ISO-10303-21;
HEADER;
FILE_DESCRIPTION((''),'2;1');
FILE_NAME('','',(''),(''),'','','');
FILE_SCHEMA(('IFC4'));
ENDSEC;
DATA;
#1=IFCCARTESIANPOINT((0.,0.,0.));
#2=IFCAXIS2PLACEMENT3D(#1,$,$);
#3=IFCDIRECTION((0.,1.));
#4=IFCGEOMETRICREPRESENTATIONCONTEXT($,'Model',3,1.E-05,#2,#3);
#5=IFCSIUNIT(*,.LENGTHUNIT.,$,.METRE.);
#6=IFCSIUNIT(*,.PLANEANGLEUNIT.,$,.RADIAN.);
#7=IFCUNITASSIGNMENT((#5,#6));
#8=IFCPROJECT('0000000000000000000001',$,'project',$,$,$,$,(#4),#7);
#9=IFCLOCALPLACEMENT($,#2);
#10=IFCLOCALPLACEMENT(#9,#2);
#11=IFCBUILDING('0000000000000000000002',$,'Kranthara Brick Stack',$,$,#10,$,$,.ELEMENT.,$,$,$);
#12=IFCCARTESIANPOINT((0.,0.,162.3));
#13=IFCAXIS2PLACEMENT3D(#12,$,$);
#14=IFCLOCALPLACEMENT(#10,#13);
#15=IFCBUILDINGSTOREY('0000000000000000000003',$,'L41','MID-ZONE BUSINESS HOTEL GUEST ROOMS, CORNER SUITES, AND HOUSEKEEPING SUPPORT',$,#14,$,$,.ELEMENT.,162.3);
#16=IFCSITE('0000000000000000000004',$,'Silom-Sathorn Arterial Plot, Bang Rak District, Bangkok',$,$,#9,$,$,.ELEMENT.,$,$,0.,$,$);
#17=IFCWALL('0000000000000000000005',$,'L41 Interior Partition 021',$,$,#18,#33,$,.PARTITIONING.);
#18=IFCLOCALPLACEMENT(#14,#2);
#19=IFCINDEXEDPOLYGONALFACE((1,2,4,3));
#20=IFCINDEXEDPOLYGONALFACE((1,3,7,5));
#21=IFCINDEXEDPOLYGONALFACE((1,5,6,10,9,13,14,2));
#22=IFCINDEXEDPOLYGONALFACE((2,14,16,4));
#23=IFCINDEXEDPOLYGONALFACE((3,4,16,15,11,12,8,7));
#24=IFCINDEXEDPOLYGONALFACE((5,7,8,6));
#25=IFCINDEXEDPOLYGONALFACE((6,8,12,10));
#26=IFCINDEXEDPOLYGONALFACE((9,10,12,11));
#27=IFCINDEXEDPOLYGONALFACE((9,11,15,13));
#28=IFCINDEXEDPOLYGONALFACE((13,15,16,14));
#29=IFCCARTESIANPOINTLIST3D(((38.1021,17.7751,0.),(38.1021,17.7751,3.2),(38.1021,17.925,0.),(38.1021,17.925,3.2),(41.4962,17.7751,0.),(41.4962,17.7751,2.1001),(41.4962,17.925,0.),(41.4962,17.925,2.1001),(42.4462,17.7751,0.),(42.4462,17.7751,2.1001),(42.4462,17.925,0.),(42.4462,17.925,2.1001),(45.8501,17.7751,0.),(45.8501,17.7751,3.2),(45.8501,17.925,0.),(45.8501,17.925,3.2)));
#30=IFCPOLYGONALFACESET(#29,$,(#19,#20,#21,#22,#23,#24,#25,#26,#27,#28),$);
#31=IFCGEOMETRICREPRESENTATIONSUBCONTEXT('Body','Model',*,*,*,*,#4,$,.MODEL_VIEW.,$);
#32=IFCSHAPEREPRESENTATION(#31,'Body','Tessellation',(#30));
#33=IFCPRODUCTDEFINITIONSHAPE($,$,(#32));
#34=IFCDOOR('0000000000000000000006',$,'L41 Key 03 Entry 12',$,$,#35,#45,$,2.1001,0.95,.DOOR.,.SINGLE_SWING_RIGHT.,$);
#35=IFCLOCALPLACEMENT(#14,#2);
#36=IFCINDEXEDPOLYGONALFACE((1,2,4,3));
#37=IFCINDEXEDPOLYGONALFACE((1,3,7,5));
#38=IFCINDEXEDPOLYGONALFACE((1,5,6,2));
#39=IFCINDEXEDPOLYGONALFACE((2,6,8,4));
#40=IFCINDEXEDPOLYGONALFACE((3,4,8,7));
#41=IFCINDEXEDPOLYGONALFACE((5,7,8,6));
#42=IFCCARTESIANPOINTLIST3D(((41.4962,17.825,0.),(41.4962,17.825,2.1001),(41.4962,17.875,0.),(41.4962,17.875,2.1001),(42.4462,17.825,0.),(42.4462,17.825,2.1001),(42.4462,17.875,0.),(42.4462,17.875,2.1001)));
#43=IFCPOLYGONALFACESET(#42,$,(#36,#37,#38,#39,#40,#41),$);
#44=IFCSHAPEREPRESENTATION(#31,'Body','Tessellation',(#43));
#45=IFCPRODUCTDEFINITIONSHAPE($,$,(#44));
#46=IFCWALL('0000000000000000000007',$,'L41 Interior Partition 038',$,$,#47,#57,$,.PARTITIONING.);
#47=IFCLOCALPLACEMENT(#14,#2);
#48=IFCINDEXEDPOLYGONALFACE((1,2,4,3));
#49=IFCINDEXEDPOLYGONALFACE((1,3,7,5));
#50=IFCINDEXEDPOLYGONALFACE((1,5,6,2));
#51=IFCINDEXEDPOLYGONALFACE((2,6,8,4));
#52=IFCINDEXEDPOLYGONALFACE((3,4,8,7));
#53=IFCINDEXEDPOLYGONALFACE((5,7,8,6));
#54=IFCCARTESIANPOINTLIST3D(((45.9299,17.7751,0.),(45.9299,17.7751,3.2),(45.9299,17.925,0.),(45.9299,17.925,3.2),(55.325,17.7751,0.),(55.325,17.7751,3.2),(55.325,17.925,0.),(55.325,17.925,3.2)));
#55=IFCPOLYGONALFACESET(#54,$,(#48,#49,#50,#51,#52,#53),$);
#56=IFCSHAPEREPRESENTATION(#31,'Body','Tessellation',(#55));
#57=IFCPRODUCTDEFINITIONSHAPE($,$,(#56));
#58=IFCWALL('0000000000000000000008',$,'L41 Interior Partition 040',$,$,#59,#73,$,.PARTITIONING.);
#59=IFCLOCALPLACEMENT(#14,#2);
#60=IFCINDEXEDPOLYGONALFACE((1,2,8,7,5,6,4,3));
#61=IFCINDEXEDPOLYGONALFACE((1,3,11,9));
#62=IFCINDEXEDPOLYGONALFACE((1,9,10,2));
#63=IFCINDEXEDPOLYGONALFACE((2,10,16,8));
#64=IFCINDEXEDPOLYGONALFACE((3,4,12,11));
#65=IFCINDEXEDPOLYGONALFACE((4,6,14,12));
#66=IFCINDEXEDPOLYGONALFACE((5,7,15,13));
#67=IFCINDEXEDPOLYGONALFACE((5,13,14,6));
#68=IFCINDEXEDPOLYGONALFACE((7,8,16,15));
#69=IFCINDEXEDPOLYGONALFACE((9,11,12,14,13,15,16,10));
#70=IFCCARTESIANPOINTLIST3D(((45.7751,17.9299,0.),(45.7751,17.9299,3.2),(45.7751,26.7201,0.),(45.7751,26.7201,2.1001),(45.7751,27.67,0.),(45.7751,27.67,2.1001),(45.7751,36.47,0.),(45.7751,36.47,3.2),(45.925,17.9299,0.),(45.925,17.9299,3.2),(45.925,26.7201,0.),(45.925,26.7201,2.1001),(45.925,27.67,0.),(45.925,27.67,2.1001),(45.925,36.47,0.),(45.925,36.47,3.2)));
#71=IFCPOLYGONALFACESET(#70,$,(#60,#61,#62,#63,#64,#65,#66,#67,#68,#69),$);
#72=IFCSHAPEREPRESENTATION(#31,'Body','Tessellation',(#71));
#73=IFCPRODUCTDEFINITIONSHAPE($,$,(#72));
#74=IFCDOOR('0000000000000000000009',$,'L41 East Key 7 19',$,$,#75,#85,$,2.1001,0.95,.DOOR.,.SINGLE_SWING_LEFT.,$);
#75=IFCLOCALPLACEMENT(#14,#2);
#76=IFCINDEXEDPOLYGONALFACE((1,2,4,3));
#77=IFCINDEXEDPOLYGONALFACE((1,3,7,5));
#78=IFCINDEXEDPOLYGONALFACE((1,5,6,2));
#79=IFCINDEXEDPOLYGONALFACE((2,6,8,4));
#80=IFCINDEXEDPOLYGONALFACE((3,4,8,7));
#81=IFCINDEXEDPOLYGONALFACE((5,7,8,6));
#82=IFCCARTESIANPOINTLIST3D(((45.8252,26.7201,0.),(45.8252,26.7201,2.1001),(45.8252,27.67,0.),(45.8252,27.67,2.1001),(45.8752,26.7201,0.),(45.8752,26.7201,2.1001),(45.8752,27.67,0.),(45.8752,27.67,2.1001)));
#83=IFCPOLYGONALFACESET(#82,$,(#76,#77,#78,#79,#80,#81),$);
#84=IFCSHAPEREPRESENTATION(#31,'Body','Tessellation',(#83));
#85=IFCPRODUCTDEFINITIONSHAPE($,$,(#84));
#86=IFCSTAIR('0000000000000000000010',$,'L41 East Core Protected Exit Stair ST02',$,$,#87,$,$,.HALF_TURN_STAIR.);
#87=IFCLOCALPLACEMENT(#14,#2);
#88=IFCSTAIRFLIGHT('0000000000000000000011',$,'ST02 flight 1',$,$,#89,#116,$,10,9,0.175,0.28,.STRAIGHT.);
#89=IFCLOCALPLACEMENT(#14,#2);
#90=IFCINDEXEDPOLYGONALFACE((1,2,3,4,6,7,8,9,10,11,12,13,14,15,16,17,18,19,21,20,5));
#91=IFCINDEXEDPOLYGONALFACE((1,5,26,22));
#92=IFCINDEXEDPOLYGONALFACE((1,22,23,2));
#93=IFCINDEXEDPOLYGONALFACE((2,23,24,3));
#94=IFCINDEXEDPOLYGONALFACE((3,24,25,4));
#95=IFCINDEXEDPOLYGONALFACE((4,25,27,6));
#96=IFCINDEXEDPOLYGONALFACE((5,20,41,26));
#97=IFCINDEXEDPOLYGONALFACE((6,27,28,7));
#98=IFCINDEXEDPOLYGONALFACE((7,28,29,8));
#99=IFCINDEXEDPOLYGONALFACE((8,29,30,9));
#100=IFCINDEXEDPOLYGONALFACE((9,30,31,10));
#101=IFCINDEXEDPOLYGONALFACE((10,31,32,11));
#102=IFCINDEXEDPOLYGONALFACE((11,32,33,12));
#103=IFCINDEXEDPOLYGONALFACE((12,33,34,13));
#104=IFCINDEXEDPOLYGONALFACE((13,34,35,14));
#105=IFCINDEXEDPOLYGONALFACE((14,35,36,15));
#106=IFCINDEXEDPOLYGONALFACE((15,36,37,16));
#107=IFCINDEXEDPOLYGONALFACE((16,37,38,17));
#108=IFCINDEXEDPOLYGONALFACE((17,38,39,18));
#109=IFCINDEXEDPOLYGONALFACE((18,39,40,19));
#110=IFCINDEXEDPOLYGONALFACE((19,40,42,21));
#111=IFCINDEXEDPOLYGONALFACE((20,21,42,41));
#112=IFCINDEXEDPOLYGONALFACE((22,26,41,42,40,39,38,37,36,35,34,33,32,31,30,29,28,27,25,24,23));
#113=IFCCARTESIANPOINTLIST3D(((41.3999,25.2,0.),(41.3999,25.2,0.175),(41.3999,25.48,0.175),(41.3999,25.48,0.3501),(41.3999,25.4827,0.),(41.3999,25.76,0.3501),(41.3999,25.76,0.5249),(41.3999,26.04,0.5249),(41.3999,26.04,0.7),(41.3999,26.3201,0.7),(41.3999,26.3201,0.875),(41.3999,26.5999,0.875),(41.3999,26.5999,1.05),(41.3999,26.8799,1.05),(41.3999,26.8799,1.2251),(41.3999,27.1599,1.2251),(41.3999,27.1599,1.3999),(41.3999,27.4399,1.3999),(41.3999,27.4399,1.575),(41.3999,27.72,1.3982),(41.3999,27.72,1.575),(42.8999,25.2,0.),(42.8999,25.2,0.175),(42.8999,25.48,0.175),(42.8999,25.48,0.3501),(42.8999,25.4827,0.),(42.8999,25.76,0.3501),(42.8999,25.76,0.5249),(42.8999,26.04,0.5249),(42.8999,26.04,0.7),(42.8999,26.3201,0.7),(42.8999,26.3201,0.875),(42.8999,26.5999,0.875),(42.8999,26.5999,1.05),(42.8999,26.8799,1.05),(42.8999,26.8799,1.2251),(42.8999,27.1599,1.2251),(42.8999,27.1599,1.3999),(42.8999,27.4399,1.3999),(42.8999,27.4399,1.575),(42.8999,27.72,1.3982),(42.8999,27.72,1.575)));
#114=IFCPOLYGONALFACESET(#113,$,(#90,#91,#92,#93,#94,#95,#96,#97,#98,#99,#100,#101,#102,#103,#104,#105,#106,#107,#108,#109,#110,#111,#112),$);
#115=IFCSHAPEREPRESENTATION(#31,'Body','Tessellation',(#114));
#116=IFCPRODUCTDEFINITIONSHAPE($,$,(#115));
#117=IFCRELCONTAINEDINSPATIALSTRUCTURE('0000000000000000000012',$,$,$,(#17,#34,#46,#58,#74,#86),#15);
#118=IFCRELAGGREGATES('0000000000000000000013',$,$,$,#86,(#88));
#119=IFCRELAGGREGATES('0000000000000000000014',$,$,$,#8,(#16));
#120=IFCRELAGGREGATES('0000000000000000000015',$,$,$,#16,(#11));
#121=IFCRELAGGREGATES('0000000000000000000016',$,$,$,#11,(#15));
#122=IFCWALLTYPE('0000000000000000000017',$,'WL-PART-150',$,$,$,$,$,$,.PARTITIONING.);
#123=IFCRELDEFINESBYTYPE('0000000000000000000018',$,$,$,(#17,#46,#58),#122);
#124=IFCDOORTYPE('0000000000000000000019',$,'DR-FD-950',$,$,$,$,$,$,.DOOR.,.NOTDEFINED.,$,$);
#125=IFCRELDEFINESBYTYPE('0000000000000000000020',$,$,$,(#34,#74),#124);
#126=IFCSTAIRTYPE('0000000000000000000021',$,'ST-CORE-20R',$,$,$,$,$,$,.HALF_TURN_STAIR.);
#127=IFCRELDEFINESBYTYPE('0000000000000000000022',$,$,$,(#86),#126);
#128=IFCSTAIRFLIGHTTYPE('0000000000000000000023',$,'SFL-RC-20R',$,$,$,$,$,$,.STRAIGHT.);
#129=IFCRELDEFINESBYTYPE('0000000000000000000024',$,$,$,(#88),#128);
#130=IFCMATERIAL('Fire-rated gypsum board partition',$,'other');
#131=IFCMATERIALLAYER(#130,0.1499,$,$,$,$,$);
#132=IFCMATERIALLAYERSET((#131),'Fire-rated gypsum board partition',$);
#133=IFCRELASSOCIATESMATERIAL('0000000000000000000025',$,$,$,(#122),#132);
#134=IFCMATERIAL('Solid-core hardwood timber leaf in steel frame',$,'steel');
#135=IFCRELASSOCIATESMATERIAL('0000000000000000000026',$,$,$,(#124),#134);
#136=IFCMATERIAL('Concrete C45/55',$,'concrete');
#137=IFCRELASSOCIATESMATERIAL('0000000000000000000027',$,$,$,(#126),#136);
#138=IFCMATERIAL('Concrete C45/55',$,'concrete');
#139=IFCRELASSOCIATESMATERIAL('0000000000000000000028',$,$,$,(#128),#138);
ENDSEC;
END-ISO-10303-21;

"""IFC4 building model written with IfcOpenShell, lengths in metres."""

from ifc_helpers import new_model, si_unit, direction, frame, frame_2d, origin, place, context, subcontext, project, spatial, polyline, rectangle, outline, extrude, material, layer, layer_set, type_object, element, fill, aggregate, save


model = new_model("IFC4")

# Units and contexts
model_context = context("Model", 3, precision=1e-05, world=origin(), true_north=direction((0.0, 1.0)))
body_context = subcontext(model_context, "Body", "Model", "MODEL_VIEW")
ifc_project = project(units=[si_unit("LENGTHUNIT", "METRE"), si_unit("PLANEANGLEUNIT", "RADIAN")], contexts=[model_context])

# Site, building, storey
site_placement = place(None, origin())
site = spatial("IfcSite", under=ifc_project, at=site_placement, Name="Silom-Sathorn Arterial Plot, Bang Rak District, Bangkok", CompositionType="ELEMENT", RefElevation=0.0)
building_placement = place(site_placement, origin())
building = spatial("IfcBuilding", under=site, at=building_placement, Name="Kranthara Brick Stack", CompositionType="ELEMENT")
storey_placement = place(building_placement, frame((0.0, 0.0, 162.3)))
storey = spatial("IfcBuildingStorey", under=building, at=storey_placement, Name="L41", Description="MID-ZONE BUSINESS HOTEL GUEST ROOMS, CORNER SUITES, AND HOUSEKEEPING SUPPORT", CompositionType="ELEMENT", Elevation=162.3)

# Wall, opening, door
ifc_material_1 = material(Name="Fire-rated gypsum board partition", Category="other")
ifc_layer_1 = layer(ifc_material_1, 0.1499)
ifc_layer_set_1 = layer_set([ifc_layer_1], Name="Fire-rated gypsum board partition")
wall_type_1 = type_object("IfcWallType", Name="WL-PART-150", PredefinedType="PARTITIONING", material=ifc_layer_set_1)
wall_1_placement = place(storey_placement, frame((38.1021, 17.8501, 0.0), z_axis=(0.0, 0.0, 1.0), x_axis=(1.0, 0.0, 0.0)))
wall_1 = element("IfcWall", 1, at=wall_1_placement, inside=storey, type_object=wall_type_1, Name="L41 Interior Partition 021", PredefinedType="PARTITIONING", context=body_context, shape_type="SweptSolid", body=[
    extrude(rectangle(XDim=7.748, YDim=0.1499, at=frame_2d((3.874, 0.0))), origin(), (0.0, 0.0, 1.0), 3.2),
])
opening_1_placement = place(wall_1_placement, frame((3.394, 0.0, 0.0)))
opening_1 = element("IfcOpeningElement", 2, at=opening_1_placement, cuts=wall_1, PredefinedType="OPENING", context=body_context, shape_type="SweptSolid", body=[
    extrude(rectangle(XDim=0.95, YDim=2.1001, at=frame_2d((0.4751, 1.05))), frame((0.0, 0.085, 0.0), z_axis=(0.0, -1.0, 0.0), x_axis=(1.0, 0.0, 0.0)), (0.0, 0.0, 1.0), 0.1699),
])
ifc_material_2 = material(Name="Solid-core hardwood timber leaf in steel frame", Category="steel")
door_type_1 = type_object("IfcDoorType", Name="DR-FD-950", OperationType="NOTDEFINED", PredefinedType="DOOR", material=ifc_material_2)
door_1_placement = place(opening_1_placement, origin())
door_1 = element("IfcDoor", 3, at=door_1_placement, inside=storey, type_object=door_type_1, Name="L41 Key 03 Entry 12", OperationType="SINGLE_SWING_RIGHT", OverallHeight=2.1001, OverallWidth=0.95, PredefinedType="DOOR", context=body_context, shape_type="SweptSolid", body=[
    extrude(rectangle(XDim=0.95, YDim=2.1001, at=frame_2d((0.4751, 1.05))), frame((0.0, 0.0249, 0.0), z_axis=(0.0, -1.0, 0.0), x_axis=(1.0, 0.0, 0.0)), (0.0, 0.0, 1.0), 0.05),
])
fill(opening_1, door_1)

# Wall
wall_2_placement = place(storey_placement, frame((45.9299, 17.8501, 0.0), z_axis=(0.0, 0.0, 1.0), x_axis=(1.0, 0.0, 0.0)))
element("IfcWall", 4, at=wall_2_placement, inside=storey, type_object=wall_type_1, Name="L41 Interior Partition 038", PredefinedType="PARTITIONING", context=body_context, shape_type="SweptSolid", body=[
    extrude(rectangle(XDim=9.395, YDim=0.1499, at=frame_2d((4.6975, 0.0))), origin(), (0.0, 0.0, 1.0), 3.2),
])

# Wall, opening, door
wall_3_placement = place(storey_placement, frame((45.8501, 17.9299, 0.0), z_axis=(0.0, 0.0, 1.0), x_axis=(0.0, 1.0, 0.0)))
wall_3 = element("IfcWall", 5, at=wall_3_placement, inside=storey, type_object=wall_type_1, Name="L41 Interior Partition 040", PredefinedType="PARTITIONING", context=body_context, shape_type="SweptSolid", body=[
    extrude(rectangle(XDim=18.54, YDim=0.1499, at=frame_2d((9.27, 0.0))), origin(), (0.0, 0.0, 1.0), 3.2),
])
opening_2_placement = place(wall_3_placement, frame((8.79, 0.0, 0.0)))
opening_2 = element("IfcOpeningElement", 6, at=opening_2_placement, cuts=wall_3, PredefinedType="OPENING", context=body_context, shape_type="SweptSolid", body=[
    extrude(rectangle(XDim=0.95, YDim=2.1001, at=frame_2d((0.4751, 1.05))), frame((0.0, 0.085, 0.0), z_axis=(0.0, -1.0, 0.0), x_axis=(1.0, 0.0, 0.0)), (0.0, 0.0, 1.0), 0.1699),
])
door_2_placement = place(opening_2_placement, origin())
door_2 = element("IfcDoor", 7, at=door_2_placement, inside=storey, type_object=door_type_1, Name="L41 East Key 7 19", OperationType="SINGLE_SWING_LEFT", OverallHeight=2.1001, OverallWidth=0.95, PredefinedType="DOOR", context=body_context, shape_type="SweptSolid", body=[
    extrude(rectangle(XDim=0.95, YDim=2.1001, at=frame_2d((0.4751, 1.05))), frame((0.0, 0.0249, 0.0), z_axis=(0.0, -1.0, 0.0), x_axis=(1.0, 0.0, 0.0)), (0.0, 0.0, 1.0), 0.05),
])
fill(opening_2, door_2)

# Stair, stair flight
ifc_material_3 = material(Name="Concrete C45/55", Category="concrete")
stair_type = type_object("IfcStairType", Name="ST-CORE-20R", PredefinedType="HALF_TURN_STAIR", material=ifc_material_3)
stair_placement = place(storey_placement, origin())
stair = element("IfcStair", 8, at=stair_placement, inside=storey, type_object=stair_type, Name="L41 East Core Protected Exit Stair ST02", PredefinedType="HALF_TURN_STAIR")
ifc_material_4 = material(Name="Concrete C45/55", Category="concrete")
stair_flight_type = type_object("IfcStairFlightType", Name="SFL-RC-20R", PredefinedType="STRAIGHT", material=ifc_material_4)
stair_flight_placement = place(storey_placement, frame((42.1499, 25.2, 0.0), z_axis=(0.0, 0.0, 1.0), x_axis=(0.0, 1.0, 0.0)))
stair_flight = element("IfcStairFlight", 9, at=stair_flight_placement, type_object=stair_flight_type, Name="ST02 flight 1", NumberOfRisers=10, NumberOfTreads=9, PredefinedType="STRAIGHT", RiserHeight=0.175, TreadLength=0.28, context=body_context, shape_type="SweptSolid", body=[
    extrude(outline(polyline([(0.0, 0.0), (0.0, 0.175), (0.28, 0.175), (0.28, 0.3501), (0.5601, 0.3501), (0.5601, 0.5249), (0.8401, 0.5249), (0.8401, 0.7), (1.1201, 0.7), (1.1201, 0.875), (1.3999, 0.875), (1.3999, 1.05), (1.6799, 1.05), (1.6799, 1.2251), (1.96, 1.2251), (1.96, 1.3999), (2.24, 1.3999), (2.24, 1.575), (2.52, 1.575), (2.52, 1.75), (2.52, 1.3982), (0.2827, 0.0), (0.0, 0.0)])), frame((0.0, 0.75, 0.0), z_axis=(0.0, -1.0, 0.0), x_axis=(1.0, 0.0, 0.0)), (0.0, 0.0, 1.0), 1.5),
])
aggregate(stair, [stair_flight])

save(model, "model.ifc")
